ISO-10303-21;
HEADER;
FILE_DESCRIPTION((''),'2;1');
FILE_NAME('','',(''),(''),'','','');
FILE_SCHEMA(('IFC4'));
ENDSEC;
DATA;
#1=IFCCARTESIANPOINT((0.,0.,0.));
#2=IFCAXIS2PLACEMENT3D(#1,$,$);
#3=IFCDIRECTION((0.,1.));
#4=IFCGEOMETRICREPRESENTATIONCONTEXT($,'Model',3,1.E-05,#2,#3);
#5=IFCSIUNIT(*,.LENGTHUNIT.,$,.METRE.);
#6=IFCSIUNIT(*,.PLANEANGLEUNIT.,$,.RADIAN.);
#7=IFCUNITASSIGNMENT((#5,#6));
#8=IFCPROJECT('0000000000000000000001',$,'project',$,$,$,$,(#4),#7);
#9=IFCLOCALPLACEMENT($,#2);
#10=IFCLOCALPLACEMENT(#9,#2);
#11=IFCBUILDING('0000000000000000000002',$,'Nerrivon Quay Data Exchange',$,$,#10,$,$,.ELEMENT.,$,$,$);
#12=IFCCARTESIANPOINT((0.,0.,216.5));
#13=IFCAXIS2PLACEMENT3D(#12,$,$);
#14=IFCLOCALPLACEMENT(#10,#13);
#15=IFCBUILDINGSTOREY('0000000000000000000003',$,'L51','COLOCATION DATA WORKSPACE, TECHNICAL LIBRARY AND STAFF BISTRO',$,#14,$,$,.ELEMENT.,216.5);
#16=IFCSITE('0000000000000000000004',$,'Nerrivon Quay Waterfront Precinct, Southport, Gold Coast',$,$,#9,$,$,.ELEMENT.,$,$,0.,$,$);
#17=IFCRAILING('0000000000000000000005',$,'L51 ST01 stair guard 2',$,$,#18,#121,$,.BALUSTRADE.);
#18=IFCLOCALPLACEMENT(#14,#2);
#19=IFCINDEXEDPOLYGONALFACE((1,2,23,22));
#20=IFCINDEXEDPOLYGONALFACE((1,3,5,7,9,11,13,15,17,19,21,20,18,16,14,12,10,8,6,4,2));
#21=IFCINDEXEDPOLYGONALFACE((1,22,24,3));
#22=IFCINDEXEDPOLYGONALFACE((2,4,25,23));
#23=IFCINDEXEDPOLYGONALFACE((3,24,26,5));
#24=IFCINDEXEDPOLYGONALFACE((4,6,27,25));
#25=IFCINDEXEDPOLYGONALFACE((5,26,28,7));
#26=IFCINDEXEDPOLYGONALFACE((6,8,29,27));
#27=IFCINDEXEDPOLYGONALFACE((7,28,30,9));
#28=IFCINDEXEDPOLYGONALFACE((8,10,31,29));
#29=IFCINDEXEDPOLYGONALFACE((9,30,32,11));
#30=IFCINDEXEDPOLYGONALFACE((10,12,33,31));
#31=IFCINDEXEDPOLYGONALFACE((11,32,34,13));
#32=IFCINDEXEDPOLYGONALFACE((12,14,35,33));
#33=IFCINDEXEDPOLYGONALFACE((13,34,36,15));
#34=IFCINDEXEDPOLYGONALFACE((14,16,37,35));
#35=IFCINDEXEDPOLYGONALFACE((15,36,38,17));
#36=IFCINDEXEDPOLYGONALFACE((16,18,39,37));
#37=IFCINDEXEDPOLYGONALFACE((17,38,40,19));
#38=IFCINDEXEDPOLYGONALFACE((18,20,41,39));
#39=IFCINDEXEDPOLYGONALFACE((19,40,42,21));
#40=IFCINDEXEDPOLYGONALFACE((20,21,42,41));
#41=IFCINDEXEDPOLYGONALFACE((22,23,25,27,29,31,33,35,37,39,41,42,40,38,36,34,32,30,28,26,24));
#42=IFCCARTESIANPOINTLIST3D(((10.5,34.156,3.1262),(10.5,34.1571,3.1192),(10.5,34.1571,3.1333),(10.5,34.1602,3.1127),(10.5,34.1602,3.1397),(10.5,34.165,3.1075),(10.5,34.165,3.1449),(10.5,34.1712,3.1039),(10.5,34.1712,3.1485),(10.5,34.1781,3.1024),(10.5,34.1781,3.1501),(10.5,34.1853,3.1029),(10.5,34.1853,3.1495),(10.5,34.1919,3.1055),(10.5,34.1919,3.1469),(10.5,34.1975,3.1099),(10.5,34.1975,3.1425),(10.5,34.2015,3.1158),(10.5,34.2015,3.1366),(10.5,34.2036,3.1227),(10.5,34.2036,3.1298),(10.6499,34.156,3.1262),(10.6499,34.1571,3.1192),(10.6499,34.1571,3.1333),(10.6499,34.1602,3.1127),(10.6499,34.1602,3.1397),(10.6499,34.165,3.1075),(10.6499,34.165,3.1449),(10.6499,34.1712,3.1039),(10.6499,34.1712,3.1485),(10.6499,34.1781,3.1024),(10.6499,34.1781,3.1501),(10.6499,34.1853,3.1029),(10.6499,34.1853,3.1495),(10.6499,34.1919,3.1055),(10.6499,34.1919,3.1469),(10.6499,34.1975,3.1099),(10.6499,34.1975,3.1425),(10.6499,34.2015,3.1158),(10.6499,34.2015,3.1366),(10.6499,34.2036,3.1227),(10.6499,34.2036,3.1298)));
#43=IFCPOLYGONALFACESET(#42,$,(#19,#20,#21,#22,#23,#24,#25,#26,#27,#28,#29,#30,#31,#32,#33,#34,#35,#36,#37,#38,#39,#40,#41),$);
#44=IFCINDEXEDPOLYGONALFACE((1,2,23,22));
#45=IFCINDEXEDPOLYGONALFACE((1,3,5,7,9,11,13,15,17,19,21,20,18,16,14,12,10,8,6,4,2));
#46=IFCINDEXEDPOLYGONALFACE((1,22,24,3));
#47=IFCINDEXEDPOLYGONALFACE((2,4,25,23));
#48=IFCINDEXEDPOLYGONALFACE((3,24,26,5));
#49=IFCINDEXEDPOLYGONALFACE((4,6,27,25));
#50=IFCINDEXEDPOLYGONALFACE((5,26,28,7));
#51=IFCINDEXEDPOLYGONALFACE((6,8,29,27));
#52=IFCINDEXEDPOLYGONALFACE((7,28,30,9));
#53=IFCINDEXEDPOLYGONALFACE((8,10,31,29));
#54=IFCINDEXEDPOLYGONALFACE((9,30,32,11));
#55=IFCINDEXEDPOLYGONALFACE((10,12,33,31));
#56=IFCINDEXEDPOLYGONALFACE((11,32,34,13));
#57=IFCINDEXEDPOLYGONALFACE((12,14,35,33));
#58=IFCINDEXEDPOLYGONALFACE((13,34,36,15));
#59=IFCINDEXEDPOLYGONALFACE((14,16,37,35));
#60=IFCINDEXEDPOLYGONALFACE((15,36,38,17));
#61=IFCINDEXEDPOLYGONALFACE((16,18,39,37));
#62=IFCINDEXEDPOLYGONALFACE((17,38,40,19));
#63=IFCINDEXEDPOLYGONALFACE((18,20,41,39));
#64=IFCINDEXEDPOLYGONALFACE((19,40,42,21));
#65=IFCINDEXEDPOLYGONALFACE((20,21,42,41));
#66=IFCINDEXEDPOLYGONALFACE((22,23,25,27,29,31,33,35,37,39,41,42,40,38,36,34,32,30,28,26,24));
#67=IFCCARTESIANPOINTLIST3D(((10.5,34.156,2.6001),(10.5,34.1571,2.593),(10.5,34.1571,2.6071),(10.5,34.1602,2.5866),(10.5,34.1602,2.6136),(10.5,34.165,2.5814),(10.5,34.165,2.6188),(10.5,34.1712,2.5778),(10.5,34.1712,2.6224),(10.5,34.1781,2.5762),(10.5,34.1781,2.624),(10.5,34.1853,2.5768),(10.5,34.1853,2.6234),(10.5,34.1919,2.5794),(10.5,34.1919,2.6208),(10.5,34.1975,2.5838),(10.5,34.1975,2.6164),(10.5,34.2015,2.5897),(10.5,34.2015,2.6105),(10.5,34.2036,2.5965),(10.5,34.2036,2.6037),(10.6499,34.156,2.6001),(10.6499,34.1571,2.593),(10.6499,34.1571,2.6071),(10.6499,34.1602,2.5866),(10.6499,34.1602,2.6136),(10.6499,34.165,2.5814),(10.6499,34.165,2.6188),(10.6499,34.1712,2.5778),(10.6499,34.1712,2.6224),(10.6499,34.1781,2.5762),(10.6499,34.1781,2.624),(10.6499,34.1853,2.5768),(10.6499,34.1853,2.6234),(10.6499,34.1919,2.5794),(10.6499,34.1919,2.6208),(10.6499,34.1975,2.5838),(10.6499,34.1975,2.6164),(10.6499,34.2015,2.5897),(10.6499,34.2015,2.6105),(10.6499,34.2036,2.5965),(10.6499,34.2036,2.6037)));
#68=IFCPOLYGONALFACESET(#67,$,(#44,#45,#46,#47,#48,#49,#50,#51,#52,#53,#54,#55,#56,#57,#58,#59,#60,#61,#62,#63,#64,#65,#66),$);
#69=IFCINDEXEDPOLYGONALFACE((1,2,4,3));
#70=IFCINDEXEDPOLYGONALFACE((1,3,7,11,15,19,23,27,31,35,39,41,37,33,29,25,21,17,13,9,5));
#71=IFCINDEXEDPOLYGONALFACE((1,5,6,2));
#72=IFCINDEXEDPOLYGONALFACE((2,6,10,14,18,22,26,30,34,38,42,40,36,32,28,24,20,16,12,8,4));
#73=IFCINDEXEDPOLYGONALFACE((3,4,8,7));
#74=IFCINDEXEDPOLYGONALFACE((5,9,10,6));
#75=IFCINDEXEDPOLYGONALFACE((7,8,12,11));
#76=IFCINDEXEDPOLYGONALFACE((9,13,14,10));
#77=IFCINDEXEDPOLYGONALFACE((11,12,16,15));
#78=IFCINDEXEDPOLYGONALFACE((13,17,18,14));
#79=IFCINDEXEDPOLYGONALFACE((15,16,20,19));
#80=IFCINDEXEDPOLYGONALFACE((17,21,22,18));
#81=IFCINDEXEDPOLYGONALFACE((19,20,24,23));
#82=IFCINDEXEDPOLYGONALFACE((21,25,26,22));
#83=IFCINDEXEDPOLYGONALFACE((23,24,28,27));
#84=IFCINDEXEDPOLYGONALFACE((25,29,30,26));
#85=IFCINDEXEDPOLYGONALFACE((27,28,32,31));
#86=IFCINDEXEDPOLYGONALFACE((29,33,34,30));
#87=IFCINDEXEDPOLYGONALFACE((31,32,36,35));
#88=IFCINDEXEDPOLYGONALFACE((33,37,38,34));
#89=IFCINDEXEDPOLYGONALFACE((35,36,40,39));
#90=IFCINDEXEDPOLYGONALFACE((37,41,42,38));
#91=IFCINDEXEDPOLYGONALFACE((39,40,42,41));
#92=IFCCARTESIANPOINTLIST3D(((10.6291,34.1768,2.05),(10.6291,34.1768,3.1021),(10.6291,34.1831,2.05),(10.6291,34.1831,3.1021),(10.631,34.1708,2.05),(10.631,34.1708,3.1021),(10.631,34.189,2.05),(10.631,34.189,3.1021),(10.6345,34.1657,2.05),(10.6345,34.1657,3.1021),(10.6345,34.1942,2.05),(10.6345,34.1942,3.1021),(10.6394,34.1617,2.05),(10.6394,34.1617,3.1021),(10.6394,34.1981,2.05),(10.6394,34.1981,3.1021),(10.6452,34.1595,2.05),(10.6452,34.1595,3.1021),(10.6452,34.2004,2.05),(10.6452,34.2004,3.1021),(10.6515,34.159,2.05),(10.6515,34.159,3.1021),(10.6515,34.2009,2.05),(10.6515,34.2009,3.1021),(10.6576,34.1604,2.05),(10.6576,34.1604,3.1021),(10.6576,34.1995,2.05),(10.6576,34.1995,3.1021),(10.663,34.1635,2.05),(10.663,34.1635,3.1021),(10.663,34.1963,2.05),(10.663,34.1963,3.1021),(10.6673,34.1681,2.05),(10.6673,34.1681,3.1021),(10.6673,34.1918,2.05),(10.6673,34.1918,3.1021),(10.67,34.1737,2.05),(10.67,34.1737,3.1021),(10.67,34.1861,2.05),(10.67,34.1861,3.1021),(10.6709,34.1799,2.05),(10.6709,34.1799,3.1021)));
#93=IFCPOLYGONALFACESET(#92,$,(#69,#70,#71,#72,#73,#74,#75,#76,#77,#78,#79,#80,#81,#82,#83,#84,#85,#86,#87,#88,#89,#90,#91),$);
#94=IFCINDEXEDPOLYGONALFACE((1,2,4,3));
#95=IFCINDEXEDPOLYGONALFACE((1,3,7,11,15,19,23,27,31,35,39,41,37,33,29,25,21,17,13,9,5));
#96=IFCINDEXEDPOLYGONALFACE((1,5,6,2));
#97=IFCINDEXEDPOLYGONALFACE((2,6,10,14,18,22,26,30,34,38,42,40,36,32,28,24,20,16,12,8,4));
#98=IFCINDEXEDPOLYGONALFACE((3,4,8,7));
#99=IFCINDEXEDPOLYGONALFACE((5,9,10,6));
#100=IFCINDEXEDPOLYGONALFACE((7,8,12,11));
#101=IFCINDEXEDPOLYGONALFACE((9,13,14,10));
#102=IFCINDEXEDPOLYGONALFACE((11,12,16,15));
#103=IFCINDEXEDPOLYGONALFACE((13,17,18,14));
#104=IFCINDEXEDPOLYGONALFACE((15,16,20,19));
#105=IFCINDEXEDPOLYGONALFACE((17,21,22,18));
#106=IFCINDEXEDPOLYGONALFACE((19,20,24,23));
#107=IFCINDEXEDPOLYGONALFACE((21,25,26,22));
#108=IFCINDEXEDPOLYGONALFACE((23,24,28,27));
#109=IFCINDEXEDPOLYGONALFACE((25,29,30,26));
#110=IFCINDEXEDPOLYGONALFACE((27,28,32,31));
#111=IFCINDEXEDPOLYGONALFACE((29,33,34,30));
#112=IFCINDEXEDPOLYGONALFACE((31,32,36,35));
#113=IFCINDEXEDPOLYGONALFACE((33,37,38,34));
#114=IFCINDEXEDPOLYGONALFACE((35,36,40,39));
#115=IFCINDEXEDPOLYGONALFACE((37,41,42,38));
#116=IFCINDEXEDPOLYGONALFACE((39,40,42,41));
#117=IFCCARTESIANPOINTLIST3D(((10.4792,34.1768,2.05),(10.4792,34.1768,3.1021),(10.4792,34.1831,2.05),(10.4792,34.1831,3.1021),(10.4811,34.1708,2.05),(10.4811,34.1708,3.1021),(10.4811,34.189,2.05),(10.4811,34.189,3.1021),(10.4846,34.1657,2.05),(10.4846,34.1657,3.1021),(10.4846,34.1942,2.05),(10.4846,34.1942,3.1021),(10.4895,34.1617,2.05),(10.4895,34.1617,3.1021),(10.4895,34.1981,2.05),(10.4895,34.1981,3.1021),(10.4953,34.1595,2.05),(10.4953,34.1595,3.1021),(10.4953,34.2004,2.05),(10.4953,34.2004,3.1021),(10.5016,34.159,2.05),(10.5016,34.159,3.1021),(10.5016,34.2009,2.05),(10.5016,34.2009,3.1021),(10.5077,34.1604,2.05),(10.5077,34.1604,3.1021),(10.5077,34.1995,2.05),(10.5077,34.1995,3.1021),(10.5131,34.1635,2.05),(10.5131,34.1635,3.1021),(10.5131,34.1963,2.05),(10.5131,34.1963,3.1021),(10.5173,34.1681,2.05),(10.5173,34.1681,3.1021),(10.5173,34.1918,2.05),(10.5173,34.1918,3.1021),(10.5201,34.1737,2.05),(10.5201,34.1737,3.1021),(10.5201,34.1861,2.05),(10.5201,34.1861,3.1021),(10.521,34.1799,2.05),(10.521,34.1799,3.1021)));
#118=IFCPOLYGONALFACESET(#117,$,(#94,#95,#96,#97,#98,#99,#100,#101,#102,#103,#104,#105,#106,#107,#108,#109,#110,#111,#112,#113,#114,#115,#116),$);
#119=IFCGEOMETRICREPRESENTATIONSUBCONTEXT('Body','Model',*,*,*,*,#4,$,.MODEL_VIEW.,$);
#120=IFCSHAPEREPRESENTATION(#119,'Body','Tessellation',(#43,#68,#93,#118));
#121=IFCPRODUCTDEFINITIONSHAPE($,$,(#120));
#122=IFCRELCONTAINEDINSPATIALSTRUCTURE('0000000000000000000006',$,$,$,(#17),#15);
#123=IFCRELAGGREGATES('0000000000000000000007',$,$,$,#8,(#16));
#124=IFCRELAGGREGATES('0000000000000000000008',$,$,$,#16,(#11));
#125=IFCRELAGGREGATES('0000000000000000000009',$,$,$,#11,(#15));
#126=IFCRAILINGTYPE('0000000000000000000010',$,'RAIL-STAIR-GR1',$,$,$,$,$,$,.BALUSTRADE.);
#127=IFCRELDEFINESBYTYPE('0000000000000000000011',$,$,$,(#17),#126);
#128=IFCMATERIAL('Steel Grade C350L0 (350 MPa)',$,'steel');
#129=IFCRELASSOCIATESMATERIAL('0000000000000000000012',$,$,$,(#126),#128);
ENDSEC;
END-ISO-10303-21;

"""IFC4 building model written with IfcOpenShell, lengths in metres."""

from ifc_helpers import new_model, si_unit, direction, frame, origin, origin_2d, place, context, subcontext, project, spatial, circle, extrude, material, type_object, element, save


model = new_model("IFC4")

# Units and contexts
model_context = context("Model", 3, precision=1e-05, world=origin(), true_north=direction((0.0, 1.0)))
body_context = subcontext(model_context, "Body", "Model", "MODEL_VIEW")
ifc_project = project(units=[si_unit("LENGTHUNIT", "METRE"), si_unit("PLANEANGLEUNIT", "RADIAN")], contexts=[model_context])

# Site, building, storey
site_placement = place(None, origin())
site = spatial("IfcSite", under=ifc_project, at=site_placement, Name="Nerrivon Quay Waterfront Precinct, Southport, Gold Coast", CompositionType="ELEMENT", RefElevation=0.0)
building_placement = place(site_placement, origin())
building = spatial("IfcBuilding", under=site, at=building_placement, Name="Nerrivon Quay Data Exchange", CompositionType="ELEMENT")
storey_placement = place(building_placement, frame((0.0, 0.0, 216.5)))
storey = spatial("IfcBuildingStorey", under=building, at=storey_placement, Name="L51", Description="COLOCATION DATA WORKSPACE, TECHNICAL LIBRARY AND STAFF BISTRO", CompositionType="ELEMENT", Elevation=216.5)

# Shared definitions
ifc_material_1 = material(Name="Steel Grade C350L0 (350 MPa)", Category="steel")

# Railing
railing_type_1 = type_object("IfcRailingType", Name="RAIL-STAIR-GR1", PredefinedType="BALUSTRADE", material=ifc_material_1)
railing_1_placement = place(storey_placement, frame((10.6499, 34.1799, 2.05)))
element("IfcRailing", 1, at=railing_1_placement, inside=storey, type_object=railing_type_1, Name="L51 ST01 stair guard 2", PredefinedType="BALUSTRADE", context=body_context, shape_type="SweptSolid", body=[
    extrude(circle(Radius=0.0239, at=origin_2d()), frame((0.0, 0.0, 1.0762), z_axis=(-1.0, 0.0, 0.0), x_axis=(0.0, -1.0, 0.0)), (0.0, 0.0, 1.0), 0.1499),
    extrude(circle(Radius=0.0239, at=origin_2d()), frame((0.0, 0.0, 0.55), z_axis=(-1.0, 0.0, 0.0), x_axis=(0.0, -1.0, 0.0)), (0.0, 0.0, 1.0), 0.1499),
    extrude(circle(Radius=0.021, at=origin_2d()), origin(), (0.0, 0.0, 1.0), 1.052),
    extrude(circle(Radius=0.021, at=origin_2d()), frame((-0.1499, 0.0, 0.0)), (0.0, 0.0, 1.0), 1.052),
])

save(model, "model.ifc")
